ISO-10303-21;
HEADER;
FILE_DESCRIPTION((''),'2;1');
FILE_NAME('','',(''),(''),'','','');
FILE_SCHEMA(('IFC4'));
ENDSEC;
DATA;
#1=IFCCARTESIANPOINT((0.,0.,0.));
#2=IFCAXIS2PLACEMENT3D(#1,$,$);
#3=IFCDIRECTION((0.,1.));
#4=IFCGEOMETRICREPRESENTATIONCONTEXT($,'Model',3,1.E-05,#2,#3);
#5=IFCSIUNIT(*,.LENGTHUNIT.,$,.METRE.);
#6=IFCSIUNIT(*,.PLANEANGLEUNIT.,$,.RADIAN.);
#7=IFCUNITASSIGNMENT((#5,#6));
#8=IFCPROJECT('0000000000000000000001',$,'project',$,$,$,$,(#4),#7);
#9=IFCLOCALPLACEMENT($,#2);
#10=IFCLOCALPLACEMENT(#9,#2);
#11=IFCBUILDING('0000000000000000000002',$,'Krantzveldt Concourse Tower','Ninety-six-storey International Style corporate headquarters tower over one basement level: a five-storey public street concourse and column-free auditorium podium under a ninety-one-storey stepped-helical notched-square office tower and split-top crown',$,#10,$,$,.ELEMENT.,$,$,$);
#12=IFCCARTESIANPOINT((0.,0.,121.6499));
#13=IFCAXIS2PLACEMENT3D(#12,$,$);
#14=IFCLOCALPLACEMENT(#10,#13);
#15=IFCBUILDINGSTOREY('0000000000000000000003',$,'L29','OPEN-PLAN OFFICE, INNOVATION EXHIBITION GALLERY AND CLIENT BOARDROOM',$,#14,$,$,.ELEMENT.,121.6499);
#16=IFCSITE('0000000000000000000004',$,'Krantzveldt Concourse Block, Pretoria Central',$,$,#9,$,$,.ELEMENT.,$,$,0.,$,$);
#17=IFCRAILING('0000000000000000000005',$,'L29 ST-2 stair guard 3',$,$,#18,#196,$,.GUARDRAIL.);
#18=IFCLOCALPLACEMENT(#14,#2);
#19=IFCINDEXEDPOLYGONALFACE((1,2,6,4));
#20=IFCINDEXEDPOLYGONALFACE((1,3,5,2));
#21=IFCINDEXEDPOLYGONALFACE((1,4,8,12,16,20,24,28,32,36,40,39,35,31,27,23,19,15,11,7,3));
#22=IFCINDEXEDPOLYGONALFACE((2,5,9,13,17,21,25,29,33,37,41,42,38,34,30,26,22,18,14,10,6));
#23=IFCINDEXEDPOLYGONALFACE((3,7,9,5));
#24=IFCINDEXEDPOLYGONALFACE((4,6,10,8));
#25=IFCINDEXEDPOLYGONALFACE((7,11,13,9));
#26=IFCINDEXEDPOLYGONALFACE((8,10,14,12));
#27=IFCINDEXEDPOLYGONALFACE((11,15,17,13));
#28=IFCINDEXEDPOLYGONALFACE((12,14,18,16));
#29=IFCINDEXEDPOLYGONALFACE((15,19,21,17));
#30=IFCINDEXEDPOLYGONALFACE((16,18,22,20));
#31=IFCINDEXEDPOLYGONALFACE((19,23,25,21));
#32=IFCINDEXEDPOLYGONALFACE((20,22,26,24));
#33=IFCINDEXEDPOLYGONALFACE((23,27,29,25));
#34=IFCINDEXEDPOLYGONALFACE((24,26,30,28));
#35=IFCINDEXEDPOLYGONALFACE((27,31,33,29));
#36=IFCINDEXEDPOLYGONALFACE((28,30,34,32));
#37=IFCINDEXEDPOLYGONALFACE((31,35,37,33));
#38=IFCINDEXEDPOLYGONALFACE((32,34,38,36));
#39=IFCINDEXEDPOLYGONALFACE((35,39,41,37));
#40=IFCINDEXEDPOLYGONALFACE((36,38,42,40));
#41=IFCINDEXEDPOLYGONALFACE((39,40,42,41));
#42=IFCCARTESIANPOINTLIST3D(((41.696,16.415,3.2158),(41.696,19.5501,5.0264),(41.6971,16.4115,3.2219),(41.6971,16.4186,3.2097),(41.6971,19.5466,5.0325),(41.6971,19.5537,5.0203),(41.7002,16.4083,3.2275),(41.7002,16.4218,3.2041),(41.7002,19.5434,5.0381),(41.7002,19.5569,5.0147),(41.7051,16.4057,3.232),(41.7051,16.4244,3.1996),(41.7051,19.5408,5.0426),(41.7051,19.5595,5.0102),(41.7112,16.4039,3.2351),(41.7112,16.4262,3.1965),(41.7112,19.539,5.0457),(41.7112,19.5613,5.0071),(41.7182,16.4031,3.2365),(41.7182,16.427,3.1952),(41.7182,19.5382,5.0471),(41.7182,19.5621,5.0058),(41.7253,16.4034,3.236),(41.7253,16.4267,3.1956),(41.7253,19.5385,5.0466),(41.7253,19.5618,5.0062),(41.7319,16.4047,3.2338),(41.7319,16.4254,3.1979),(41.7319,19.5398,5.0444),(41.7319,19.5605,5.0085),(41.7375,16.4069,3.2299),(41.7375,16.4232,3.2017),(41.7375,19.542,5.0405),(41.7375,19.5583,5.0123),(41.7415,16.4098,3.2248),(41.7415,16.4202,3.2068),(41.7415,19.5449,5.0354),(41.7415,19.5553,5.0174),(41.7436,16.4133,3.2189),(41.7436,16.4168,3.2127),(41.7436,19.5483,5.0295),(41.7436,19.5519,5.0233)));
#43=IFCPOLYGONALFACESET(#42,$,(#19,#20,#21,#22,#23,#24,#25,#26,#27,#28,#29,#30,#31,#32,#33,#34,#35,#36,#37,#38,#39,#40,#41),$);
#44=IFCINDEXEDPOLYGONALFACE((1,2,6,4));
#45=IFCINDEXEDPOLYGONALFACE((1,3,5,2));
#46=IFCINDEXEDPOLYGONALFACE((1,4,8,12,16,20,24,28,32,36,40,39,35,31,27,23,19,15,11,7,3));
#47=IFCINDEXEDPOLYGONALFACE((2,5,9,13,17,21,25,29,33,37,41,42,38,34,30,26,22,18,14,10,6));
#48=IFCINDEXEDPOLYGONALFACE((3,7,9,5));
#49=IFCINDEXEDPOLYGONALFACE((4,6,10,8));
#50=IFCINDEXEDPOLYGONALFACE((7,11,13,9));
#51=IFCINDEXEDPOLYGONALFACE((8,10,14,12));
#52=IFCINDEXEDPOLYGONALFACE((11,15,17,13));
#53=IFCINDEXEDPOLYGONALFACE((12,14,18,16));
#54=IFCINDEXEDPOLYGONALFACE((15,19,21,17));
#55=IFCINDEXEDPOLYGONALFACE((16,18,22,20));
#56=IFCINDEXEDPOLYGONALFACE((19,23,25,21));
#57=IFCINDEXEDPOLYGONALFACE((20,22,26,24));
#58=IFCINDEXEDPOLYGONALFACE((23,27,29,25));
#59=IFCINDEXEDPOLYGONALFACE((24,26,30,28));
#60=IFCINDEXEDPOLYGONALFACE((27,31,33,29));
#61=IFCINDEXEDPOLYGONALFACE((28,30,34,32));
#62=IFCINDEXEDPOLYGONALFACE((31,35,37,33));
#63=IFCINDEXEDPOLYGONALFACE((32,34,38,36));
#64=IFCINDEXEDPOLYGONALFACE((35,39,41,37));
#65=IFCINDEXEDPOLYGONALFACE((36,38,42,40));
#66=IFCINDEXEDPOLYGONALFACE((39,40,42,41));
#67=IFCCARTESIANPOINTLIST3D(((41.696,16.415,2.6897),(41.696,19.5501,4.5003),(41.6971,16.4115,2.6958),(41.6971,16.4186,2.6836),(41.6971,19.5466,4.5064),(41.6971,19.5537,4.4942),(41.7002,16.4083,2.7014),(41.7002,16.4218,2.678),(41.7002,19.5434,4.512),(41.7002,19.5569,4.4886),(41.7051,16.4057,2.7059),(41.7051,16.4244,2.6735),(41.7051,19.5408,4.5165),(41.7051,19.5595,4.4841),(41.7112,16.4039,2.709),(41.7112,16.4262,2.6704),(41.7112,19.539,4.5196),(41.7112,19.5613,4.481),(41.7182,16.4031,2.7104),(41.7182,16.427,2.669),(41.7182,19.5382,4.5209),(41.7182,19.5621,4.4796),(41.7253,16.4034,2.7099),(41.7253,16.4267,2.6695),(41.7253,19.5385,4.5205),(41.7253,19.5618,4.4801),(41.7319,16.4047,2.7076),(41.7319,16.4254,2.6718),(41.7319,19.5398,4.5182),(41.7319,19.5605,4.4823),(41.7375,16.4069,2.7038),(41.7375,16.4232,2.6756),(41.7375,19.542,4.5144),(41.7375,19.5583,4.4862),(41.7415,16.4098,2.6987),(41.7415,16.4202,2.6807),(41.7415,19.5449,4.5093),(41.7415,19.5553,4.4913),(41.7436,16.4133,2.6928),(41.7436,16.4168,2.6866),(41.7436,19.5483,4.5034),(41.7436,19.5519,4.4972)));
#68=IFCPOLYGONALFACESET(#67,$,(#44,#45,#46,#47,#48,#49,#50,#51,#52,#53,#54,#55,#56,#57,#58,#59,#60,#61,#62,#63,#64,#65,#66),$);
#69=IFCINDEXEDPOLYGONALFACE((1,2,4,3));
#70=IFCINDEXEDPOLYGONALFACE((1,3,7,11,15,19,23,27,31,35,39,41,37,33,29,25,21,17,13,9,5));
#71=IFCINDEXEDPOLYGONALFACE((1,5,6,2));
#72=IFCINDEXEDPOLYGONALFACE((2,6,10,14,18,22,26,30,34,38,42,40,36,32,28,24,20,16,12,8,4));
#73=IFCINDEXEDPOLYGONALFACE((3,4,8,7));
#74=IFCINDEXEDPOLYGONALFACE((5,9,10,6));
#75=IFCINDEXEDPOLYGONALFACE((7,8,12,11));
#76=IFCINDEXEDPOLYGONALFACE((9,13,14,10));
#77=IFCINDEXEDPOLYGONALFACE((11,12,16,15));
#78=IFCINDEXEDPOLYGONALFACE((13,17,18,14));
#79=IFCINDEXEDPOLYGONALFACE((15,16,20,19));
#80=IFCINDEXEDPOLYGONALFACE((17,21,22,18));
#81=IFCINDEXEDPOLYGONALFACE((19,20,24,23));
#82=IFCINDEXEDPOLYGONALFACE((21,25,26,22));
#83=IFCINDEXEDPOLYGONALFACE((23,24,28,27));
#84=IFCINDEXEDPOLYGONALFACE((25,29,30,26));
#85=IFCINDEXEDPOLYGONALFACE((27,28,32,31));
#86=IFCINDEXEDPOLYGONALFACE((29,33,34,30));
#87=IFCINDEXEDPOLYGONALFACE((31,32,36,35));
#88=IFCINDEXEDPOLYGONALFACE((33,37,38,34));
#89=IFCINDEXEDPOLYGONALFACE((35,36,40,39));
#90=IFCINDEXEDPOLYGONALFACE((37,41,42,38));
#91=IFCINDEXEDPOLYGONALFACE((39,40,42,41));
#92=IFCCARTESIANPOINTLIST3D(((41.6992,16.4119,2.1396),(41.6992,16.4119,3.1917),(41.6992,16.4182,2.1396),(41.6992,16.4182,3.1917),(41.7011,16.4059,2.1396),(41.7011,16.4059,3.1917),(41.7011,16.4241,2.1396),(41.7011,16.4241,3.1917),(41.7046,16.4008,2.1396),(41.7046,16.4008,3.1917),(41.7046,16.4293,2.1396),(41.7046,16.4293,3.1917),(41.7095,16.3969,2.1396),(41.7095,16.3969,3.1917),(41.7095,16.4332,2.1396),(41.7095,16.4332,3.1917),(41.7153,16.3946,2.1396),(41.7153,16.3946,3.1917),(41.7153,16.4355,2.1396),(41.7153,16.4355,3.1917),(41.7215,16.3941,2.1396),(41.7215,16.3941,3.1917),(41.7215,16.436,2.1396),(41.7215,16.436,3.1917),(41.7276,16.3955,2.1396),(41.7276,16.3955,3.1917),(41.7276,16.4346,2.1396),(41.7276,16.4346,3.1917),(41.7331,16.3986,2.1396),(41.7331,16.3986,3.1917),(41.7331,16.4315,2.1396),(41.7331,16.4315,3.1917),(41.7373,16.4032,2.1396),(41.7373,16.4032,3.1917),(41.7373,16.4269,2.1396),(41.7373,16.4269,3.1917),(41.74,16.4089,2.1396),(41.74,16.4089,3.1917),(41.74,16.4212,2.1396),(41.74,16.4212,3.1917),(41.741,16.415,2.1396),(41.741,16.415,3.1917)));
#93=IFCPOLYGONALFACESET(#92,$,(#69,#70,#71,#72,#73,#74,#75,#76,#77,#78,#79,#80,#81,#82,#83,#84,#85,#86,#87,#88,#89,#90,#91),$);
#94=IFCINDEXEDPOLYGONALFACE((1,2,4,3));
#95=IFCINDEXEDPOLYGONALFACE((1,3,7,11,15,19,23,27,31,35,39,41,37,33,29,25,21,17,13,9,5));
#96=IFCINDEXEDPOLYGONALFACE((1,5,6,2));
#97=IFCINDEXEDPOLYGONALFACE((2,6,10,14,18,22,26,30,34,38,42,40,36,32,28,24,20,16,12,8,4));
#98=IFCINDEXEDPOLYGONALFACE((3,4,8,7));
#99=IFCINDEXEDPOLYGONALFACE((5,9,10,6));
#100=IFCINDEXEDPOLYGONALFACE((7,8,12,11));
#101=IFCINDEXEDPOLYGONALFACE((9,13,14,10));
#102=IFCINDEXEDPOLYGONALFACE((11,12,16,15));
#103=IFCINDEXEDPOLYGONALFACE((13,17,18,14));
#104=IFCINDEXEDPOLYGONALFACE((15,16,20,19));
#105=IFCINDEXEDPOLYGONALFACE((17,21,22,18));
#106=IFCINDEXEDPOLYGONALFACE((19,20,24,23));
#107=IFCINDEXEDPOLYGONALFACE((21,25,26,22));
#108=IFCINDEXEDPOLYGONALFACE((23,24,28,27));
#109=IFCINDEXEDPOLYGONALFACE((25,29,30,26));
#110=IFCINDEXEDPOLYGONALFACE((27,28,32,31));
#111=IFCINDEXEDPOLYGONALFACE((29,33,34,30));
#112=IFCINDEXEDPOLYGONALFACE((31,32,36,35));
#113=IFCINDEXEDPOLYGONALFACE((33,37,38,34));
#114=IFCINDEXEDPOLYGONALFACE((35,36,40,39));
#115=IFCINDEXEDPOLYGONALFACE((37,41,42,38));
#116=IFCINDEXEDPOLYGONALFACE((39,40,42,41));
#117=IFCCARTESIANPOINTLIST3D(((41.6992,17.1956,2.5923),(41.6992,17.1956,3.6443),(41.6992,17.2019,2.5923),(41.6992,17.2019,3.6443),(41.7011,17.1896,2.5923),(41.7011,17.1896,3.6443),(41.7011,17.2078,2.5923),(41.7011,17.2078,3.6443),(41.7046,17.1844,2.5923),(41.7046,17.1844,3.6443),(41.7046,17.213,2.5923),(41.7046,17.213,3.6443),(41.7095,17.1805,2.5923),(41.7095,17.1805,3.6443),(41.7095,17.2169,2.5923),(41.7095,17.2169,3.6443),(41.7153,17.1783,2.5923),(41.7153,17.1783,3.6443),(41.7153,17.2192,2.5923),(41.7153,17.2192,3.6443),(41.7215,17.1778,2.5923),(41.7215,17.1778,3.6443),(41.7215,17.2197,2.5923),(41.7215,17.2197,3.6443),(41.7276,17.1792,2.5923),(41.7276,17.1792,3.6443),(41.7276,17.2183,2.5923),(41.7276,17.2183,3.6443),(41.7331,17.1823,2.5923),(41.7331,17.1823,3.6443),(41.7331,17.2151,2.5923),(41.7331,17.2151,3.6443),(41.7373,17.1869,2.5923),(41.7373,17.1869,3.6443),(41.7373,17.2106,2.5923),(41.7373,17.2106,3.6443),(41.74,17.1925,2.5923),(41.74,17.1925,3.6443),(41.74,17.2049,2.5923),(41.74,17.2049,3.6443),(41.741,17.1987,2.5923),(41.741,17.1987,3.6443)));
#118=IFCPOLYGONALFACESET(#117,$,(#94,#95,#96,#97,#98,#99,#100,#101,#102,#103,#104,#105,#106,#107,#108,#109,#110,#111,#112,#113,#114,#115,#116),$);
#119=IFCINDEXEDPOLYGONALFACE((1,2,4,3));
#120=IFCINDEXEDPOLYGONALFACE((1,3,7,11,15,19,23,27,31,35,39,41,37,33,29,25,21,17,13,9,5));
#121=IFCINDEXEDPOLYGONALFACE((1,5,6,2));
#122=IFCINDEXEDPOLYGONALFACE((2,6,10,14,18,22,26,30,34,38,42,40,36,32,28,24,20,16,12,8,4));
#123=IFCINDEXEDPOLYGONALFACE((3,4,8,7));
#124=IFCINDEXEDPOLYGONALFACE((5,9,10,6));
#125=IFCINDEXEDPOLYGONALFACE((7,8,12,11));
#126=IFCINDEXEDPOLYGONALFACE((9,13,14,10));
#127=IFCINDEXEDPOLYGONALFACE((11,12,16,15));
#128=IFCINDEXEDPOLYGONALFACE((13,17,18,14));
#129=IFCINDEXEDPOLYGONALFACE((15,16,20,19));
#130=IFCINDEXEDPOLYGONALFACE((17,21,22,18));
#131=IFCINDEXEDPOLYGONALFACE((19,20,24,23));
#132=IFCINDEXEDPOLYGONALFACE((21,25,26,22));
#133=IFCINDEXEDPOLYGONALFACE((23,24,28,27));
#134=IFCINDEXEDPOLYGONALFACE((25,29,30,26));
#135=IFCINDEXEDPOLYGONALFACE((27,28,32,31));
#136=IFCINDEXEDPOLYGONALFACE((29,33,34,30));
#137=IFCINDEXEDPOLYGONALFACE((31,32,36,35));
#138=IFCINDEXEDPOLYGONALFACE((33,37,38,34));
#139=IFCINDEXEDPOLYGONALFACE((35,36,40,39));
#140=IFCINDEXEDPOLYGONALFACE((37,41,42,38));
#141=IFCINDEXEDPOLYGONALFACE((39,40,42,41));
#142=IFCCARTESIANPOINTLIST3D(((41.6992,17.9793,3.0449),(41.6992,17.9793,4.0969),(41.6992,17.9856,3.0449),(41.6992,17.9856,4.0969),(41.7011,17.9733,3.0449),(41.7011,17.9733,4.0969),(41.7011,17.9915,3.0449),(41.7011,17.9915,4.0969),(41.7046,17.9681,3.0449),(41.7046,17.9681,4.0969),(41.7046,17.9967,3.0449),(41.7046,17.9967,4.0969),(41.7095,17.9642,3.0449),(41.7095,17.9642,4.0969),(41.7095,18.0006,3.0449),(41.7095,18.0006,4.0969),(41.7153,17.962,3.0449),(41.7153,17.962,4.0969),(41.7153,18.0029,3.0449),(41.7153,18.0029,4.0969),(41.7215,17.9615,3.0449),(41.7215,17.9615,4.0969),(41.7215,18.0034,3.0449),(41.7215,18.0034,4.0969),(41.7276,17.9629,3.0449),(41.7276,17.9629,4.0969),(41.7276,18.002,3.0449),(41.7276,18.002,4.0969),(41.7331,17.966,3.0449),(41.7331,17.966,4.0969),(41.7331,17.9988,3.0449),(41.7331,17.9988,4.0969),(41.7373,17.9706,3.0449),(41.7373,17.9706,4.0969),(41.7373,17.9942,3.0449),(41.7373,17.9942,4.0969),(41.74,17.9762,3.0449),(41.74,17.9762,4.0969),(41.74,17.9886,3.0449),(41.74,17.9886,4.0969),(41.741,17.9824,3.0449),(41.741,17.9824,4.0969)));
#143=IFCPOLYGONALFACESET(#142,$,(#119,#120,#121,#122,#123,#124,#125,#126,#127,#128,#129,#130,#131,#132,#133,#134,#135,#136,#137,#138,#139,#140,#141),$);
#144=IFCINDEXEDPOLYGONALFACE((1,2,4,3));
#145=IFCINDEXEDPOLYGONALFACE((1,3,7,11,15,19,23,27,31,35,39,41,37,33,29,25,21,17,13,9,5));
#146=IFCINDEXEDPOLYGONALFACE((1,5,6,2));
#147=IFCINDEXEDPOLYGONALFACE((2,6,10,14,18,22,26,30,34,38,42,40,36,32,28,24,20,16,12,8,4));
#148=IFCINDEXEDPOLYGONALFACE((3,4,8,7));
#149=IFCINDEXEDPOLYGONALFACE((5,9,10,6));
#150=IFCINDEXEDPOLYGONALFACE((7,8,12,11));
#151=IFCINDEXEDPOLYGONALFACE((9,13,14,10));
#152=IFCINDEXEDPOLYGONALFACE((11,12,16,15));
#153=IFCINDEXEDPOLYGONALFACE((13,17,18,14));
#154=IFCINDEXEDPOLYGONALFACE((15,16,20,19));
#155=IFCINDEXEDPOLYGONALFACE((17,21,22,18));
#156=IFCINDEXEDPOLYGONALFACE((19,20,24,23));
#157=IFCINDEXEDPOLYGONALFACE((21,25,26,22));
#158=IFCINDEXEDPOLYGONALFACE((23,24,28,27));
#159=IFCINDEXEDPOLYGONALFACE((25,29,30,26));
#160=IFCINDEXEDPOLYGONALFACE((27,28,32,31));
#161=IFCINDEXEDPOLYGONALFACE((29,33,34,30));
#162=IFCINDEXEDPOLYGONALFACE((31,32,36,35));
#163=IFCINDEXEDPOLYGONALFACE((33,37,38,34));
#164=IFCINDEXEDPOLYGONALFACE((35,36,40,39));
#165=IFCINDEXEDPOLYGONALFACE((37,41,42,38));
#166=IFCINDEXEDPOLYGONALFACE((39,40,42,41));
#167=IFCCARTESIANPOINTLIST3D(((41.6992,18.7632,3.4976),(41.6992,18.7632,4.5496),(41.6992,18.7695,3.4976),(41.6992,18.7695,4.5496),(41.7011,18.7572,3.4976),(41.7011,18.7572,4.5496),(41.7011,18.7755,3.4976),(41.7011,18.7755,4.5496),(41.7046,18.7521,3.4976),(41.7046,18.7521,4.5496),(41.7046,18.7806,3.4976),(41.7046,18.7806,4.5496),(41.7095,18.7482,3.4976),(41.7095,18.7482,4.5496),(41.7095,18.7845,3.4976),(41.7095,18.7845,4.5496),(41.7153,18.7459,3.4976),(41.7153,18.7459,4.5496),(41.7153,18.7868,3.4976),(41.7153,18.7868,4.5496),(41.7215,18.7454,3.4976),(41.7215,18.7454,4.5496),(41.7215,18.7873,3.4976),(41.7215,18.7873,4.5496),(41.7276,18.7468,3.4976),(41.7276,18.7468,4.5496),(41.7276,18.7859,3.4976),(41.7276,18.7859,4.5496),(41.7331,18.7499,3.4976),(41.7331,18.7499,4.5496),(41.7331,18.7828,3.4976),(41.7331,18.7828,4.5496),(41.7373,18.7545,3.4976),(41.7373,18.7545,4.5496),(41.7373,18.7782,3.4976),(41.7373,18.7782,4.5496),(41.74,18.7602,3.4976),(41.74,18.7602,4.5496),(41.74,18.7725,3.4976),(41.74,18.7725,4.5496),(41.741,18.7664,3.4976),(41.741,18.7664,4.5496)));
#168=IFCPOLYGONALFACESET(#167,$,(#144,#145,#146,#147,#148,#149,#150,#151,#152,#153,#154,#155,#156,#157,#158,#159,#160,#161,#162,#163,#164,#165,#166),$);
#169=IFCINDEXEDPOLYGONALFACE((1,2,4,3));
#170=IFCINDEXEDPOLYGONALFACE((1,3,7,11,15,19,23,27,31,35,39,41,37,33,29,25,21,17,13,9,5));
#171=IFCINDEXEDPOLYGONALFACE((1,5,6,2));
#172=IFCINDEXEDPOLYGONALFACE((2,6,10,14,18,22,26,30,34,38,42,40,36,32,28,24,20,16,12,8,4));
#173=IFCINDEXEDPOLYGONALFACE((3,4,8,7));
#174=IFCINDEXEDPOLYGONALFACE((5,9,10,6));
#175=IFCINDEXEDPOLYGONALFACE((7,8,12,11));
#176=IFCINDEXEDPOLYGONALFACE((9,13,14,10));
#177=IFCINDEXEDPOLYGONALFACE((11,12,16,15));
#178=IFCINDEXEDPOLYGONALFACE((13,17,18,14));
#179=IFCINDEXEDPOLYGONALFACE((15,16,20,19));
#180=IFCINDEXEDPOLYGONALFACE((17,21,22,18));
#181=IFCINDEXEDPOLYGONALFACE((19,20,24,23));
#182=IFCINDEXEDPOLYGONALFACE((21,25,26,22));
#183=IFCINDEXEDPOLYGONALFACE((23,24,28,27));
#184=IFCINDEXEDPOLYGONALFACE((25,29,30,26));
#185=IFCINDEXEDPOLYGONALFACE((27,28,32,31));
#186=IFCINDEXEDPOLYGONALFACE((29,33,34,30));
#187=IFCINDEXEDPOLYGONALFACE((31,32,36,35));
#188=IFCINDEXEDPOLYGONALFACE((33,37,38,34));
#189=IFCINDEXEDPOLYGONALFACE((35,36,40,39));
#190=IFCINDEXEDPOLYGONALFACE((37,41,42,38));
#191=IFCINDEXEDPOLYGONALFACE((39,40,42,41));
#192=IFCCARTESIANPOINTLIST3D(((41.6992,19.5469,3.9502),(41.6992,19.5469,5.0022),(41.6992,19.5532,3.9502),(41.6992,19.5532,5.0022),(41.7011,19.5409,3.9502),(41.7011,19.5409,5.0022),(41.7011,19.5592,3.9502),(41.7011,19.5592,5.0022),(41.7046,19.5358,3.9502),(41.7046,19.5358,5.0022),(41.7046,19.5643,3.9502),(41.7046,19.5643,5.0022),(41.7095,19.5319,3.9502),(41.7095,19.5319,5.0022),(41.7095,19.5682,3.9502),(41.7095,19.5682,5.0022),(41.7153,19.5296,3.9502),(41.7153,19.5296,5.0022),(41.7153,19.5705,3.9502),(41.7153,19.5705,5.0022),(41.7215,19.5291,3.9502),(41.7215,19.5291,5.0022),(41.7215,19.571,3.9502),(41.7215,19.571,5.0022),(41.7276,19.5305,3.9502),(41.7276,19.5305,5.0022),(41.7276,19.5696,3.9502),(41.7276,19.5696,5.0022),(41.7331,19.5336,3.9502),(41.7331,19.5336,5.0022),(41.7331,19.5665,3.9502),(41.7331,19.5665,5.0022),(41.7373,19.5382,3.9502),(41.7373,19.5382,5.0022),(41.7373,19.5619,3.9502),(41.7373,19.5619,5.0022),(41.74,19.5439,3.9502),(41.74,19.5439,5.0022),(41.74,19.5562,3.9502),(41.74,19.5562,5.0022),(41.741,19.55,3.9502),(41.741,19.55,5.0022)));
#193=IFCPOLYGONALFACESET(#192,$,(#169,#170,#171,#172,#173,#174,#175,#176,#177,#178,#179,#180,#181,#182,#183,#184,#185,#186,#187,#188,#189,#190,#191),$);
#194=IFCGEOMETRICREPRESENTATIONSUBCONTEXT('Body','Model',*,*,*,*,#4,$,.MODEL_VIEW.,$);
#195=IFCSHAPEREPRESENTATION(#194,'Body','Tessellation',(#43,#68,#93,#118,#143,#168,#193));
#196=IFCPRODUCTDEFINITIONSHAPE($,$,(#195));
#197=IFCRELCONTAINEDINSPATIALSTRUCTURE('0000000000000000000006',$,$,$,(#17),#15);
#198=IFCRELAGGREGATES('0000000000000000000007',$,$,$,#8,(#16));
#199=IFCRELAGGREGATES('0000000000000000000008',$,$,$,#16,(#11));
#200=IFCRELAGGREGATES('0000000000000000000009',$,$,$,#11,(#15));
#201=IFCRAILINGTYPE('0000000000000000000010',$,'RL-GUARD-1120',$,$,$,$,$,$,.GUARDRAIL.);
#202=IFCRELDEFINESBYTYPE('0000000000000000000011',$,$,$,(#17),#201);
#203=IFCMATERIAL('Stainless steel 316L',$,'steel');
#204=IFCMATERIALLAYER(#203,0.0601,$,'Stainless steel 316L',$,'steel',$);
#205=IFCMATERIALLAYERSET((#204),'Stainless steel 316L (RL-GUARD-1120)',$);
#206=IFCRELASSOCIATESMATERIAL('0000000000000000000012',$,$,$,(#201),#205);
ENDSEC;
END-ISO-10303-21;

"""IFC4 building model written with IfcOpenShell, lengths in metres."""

from ifc_helpers import new_model, si_unit, direction, frame, origin, origin_2d, place, context, subcontext, project, spatial, circle, extrude, material, layer, layer_set, type_object, element, save


model = new_model("IFC4")

# Units and contexts
model_context = context("Model", 3, precision=1e-05, world=origin(), true_north=direction((0.0, 1.0)))
body_context = subcontext(model_context, "Body", "Model", "MODEL_VIEW")
ifc_project = project(units=[si_unit("LENGTHUNIT", "METRE"), si_unit("PLANEANGLEUNIT", "RADIAN")], contexts=[model_context])

# Site, building, storey
site_placement = place(None, origin())
site = spatial("IfcSite", under=ifc_project, at=site_placement, Name="Krantzveldt Concourse Block, Pretoria Central", CompositionType="ELEMENT", RefElevation=0.0)
building_placement = place(site_placement, origin())
building = spatial("IfcBuilding", under=site, at=building_placement, Name="Krantzveldt Concourse Tower", Description="Ninety-six-storey International Style corporate headquarters tower over one basement level: a five-storey public street concourse and column-free auditorium podium under a ninety-one-storey stepped-helical notched-square office tower and split-top crown", CompositionType="ELEMENT")
storey_placement = place(building_placement, frame((0.0, 0.0, 121.6499)))
storey = spatial("IfcBuildingStorey", under=building, at=storey_placement, Name="L29", Description="OPEN-PLAN OFFICE, INNOVATION EXHIBITION GALLERY AND CLIENT BOARDROOM", CompositionType="ELEMENT", Elevation=121.6499)

# Shared definitions
ifc_material_1 = material(Name="Stainless steel 316L", Category="steel")

# Railing
ifc_layer_1 = layer(ifc_material_1, 0.0601, Name="Stainless steel 316L", Category="steel")
ifc_layer_set_1 = layer_set([ifc_layer_1], Name="Stainless steel 316L (RL-GUARD-1120)")
railing_type_1 = type_object("IfcRailingType", Name="RL-GUARD-1120", PredefinedType="GUARDRAIL", material=ifc_layer_set_1)
railing_1_placement = place(storey_placement, frame((41.72, 16.415, 2.1396)))
element("IfcRailing", 1, at=railing_1_placement, inside=storey, type_object=railing_type_1, Name="L29 ST-2 stair guard 3", PredefinedType="GUARDRAIL", context=body_context, shape_type="SweptSolid", body=[
    extrude(circle(Radius=0.0239, at=origin_2d()), frame((0.0, 0.0, 1.0762), z_axis=(0.0, 0.86596, 0.500114), x_axis=(-1.0, 0.0, 0.0)), (0.0, 0.0, 1.0), 3.6204),
    extrude(circle(Radius=0.0239, at=origin_2d()), frame((0.0, 0.0, 0.55), z_axis=(0.0, 0.86596, 0.500114), x_axis=(-1.0, 0.0, 0.0)), (0.0, 0.0, 1.0), 3.6204),
    extrude(circle(Radius=0.021, at=origin_2d()), origin(), (0.0, 0.0, 1.0), 1.052),
    extrude(circle(Radius=0.021, at=origin_2d()), frame((0.0, 0.7837, 0.4526)), (0.0, 0.0, 1.0), 1.052),
    extrude(circle(Radius=0.021, at=origin_2d()), frame((0.0, 1.5674, 0.9053)), (0.0, 0.0, 1.0), 1.052),
    extrude(circle(Radius=0.021, at=origin_2d()), frame((0.0, 2.3513, 1.3579)), (0.0, 0.0, 1.0), 1.052),
    extrude(circle(Radius=0.021, at=origin_2d()), frame((0.0, 3.135, 1.8105)), (0.0, 0.0, 1.0), 1.052),
])

save(model, "model.ifc")
